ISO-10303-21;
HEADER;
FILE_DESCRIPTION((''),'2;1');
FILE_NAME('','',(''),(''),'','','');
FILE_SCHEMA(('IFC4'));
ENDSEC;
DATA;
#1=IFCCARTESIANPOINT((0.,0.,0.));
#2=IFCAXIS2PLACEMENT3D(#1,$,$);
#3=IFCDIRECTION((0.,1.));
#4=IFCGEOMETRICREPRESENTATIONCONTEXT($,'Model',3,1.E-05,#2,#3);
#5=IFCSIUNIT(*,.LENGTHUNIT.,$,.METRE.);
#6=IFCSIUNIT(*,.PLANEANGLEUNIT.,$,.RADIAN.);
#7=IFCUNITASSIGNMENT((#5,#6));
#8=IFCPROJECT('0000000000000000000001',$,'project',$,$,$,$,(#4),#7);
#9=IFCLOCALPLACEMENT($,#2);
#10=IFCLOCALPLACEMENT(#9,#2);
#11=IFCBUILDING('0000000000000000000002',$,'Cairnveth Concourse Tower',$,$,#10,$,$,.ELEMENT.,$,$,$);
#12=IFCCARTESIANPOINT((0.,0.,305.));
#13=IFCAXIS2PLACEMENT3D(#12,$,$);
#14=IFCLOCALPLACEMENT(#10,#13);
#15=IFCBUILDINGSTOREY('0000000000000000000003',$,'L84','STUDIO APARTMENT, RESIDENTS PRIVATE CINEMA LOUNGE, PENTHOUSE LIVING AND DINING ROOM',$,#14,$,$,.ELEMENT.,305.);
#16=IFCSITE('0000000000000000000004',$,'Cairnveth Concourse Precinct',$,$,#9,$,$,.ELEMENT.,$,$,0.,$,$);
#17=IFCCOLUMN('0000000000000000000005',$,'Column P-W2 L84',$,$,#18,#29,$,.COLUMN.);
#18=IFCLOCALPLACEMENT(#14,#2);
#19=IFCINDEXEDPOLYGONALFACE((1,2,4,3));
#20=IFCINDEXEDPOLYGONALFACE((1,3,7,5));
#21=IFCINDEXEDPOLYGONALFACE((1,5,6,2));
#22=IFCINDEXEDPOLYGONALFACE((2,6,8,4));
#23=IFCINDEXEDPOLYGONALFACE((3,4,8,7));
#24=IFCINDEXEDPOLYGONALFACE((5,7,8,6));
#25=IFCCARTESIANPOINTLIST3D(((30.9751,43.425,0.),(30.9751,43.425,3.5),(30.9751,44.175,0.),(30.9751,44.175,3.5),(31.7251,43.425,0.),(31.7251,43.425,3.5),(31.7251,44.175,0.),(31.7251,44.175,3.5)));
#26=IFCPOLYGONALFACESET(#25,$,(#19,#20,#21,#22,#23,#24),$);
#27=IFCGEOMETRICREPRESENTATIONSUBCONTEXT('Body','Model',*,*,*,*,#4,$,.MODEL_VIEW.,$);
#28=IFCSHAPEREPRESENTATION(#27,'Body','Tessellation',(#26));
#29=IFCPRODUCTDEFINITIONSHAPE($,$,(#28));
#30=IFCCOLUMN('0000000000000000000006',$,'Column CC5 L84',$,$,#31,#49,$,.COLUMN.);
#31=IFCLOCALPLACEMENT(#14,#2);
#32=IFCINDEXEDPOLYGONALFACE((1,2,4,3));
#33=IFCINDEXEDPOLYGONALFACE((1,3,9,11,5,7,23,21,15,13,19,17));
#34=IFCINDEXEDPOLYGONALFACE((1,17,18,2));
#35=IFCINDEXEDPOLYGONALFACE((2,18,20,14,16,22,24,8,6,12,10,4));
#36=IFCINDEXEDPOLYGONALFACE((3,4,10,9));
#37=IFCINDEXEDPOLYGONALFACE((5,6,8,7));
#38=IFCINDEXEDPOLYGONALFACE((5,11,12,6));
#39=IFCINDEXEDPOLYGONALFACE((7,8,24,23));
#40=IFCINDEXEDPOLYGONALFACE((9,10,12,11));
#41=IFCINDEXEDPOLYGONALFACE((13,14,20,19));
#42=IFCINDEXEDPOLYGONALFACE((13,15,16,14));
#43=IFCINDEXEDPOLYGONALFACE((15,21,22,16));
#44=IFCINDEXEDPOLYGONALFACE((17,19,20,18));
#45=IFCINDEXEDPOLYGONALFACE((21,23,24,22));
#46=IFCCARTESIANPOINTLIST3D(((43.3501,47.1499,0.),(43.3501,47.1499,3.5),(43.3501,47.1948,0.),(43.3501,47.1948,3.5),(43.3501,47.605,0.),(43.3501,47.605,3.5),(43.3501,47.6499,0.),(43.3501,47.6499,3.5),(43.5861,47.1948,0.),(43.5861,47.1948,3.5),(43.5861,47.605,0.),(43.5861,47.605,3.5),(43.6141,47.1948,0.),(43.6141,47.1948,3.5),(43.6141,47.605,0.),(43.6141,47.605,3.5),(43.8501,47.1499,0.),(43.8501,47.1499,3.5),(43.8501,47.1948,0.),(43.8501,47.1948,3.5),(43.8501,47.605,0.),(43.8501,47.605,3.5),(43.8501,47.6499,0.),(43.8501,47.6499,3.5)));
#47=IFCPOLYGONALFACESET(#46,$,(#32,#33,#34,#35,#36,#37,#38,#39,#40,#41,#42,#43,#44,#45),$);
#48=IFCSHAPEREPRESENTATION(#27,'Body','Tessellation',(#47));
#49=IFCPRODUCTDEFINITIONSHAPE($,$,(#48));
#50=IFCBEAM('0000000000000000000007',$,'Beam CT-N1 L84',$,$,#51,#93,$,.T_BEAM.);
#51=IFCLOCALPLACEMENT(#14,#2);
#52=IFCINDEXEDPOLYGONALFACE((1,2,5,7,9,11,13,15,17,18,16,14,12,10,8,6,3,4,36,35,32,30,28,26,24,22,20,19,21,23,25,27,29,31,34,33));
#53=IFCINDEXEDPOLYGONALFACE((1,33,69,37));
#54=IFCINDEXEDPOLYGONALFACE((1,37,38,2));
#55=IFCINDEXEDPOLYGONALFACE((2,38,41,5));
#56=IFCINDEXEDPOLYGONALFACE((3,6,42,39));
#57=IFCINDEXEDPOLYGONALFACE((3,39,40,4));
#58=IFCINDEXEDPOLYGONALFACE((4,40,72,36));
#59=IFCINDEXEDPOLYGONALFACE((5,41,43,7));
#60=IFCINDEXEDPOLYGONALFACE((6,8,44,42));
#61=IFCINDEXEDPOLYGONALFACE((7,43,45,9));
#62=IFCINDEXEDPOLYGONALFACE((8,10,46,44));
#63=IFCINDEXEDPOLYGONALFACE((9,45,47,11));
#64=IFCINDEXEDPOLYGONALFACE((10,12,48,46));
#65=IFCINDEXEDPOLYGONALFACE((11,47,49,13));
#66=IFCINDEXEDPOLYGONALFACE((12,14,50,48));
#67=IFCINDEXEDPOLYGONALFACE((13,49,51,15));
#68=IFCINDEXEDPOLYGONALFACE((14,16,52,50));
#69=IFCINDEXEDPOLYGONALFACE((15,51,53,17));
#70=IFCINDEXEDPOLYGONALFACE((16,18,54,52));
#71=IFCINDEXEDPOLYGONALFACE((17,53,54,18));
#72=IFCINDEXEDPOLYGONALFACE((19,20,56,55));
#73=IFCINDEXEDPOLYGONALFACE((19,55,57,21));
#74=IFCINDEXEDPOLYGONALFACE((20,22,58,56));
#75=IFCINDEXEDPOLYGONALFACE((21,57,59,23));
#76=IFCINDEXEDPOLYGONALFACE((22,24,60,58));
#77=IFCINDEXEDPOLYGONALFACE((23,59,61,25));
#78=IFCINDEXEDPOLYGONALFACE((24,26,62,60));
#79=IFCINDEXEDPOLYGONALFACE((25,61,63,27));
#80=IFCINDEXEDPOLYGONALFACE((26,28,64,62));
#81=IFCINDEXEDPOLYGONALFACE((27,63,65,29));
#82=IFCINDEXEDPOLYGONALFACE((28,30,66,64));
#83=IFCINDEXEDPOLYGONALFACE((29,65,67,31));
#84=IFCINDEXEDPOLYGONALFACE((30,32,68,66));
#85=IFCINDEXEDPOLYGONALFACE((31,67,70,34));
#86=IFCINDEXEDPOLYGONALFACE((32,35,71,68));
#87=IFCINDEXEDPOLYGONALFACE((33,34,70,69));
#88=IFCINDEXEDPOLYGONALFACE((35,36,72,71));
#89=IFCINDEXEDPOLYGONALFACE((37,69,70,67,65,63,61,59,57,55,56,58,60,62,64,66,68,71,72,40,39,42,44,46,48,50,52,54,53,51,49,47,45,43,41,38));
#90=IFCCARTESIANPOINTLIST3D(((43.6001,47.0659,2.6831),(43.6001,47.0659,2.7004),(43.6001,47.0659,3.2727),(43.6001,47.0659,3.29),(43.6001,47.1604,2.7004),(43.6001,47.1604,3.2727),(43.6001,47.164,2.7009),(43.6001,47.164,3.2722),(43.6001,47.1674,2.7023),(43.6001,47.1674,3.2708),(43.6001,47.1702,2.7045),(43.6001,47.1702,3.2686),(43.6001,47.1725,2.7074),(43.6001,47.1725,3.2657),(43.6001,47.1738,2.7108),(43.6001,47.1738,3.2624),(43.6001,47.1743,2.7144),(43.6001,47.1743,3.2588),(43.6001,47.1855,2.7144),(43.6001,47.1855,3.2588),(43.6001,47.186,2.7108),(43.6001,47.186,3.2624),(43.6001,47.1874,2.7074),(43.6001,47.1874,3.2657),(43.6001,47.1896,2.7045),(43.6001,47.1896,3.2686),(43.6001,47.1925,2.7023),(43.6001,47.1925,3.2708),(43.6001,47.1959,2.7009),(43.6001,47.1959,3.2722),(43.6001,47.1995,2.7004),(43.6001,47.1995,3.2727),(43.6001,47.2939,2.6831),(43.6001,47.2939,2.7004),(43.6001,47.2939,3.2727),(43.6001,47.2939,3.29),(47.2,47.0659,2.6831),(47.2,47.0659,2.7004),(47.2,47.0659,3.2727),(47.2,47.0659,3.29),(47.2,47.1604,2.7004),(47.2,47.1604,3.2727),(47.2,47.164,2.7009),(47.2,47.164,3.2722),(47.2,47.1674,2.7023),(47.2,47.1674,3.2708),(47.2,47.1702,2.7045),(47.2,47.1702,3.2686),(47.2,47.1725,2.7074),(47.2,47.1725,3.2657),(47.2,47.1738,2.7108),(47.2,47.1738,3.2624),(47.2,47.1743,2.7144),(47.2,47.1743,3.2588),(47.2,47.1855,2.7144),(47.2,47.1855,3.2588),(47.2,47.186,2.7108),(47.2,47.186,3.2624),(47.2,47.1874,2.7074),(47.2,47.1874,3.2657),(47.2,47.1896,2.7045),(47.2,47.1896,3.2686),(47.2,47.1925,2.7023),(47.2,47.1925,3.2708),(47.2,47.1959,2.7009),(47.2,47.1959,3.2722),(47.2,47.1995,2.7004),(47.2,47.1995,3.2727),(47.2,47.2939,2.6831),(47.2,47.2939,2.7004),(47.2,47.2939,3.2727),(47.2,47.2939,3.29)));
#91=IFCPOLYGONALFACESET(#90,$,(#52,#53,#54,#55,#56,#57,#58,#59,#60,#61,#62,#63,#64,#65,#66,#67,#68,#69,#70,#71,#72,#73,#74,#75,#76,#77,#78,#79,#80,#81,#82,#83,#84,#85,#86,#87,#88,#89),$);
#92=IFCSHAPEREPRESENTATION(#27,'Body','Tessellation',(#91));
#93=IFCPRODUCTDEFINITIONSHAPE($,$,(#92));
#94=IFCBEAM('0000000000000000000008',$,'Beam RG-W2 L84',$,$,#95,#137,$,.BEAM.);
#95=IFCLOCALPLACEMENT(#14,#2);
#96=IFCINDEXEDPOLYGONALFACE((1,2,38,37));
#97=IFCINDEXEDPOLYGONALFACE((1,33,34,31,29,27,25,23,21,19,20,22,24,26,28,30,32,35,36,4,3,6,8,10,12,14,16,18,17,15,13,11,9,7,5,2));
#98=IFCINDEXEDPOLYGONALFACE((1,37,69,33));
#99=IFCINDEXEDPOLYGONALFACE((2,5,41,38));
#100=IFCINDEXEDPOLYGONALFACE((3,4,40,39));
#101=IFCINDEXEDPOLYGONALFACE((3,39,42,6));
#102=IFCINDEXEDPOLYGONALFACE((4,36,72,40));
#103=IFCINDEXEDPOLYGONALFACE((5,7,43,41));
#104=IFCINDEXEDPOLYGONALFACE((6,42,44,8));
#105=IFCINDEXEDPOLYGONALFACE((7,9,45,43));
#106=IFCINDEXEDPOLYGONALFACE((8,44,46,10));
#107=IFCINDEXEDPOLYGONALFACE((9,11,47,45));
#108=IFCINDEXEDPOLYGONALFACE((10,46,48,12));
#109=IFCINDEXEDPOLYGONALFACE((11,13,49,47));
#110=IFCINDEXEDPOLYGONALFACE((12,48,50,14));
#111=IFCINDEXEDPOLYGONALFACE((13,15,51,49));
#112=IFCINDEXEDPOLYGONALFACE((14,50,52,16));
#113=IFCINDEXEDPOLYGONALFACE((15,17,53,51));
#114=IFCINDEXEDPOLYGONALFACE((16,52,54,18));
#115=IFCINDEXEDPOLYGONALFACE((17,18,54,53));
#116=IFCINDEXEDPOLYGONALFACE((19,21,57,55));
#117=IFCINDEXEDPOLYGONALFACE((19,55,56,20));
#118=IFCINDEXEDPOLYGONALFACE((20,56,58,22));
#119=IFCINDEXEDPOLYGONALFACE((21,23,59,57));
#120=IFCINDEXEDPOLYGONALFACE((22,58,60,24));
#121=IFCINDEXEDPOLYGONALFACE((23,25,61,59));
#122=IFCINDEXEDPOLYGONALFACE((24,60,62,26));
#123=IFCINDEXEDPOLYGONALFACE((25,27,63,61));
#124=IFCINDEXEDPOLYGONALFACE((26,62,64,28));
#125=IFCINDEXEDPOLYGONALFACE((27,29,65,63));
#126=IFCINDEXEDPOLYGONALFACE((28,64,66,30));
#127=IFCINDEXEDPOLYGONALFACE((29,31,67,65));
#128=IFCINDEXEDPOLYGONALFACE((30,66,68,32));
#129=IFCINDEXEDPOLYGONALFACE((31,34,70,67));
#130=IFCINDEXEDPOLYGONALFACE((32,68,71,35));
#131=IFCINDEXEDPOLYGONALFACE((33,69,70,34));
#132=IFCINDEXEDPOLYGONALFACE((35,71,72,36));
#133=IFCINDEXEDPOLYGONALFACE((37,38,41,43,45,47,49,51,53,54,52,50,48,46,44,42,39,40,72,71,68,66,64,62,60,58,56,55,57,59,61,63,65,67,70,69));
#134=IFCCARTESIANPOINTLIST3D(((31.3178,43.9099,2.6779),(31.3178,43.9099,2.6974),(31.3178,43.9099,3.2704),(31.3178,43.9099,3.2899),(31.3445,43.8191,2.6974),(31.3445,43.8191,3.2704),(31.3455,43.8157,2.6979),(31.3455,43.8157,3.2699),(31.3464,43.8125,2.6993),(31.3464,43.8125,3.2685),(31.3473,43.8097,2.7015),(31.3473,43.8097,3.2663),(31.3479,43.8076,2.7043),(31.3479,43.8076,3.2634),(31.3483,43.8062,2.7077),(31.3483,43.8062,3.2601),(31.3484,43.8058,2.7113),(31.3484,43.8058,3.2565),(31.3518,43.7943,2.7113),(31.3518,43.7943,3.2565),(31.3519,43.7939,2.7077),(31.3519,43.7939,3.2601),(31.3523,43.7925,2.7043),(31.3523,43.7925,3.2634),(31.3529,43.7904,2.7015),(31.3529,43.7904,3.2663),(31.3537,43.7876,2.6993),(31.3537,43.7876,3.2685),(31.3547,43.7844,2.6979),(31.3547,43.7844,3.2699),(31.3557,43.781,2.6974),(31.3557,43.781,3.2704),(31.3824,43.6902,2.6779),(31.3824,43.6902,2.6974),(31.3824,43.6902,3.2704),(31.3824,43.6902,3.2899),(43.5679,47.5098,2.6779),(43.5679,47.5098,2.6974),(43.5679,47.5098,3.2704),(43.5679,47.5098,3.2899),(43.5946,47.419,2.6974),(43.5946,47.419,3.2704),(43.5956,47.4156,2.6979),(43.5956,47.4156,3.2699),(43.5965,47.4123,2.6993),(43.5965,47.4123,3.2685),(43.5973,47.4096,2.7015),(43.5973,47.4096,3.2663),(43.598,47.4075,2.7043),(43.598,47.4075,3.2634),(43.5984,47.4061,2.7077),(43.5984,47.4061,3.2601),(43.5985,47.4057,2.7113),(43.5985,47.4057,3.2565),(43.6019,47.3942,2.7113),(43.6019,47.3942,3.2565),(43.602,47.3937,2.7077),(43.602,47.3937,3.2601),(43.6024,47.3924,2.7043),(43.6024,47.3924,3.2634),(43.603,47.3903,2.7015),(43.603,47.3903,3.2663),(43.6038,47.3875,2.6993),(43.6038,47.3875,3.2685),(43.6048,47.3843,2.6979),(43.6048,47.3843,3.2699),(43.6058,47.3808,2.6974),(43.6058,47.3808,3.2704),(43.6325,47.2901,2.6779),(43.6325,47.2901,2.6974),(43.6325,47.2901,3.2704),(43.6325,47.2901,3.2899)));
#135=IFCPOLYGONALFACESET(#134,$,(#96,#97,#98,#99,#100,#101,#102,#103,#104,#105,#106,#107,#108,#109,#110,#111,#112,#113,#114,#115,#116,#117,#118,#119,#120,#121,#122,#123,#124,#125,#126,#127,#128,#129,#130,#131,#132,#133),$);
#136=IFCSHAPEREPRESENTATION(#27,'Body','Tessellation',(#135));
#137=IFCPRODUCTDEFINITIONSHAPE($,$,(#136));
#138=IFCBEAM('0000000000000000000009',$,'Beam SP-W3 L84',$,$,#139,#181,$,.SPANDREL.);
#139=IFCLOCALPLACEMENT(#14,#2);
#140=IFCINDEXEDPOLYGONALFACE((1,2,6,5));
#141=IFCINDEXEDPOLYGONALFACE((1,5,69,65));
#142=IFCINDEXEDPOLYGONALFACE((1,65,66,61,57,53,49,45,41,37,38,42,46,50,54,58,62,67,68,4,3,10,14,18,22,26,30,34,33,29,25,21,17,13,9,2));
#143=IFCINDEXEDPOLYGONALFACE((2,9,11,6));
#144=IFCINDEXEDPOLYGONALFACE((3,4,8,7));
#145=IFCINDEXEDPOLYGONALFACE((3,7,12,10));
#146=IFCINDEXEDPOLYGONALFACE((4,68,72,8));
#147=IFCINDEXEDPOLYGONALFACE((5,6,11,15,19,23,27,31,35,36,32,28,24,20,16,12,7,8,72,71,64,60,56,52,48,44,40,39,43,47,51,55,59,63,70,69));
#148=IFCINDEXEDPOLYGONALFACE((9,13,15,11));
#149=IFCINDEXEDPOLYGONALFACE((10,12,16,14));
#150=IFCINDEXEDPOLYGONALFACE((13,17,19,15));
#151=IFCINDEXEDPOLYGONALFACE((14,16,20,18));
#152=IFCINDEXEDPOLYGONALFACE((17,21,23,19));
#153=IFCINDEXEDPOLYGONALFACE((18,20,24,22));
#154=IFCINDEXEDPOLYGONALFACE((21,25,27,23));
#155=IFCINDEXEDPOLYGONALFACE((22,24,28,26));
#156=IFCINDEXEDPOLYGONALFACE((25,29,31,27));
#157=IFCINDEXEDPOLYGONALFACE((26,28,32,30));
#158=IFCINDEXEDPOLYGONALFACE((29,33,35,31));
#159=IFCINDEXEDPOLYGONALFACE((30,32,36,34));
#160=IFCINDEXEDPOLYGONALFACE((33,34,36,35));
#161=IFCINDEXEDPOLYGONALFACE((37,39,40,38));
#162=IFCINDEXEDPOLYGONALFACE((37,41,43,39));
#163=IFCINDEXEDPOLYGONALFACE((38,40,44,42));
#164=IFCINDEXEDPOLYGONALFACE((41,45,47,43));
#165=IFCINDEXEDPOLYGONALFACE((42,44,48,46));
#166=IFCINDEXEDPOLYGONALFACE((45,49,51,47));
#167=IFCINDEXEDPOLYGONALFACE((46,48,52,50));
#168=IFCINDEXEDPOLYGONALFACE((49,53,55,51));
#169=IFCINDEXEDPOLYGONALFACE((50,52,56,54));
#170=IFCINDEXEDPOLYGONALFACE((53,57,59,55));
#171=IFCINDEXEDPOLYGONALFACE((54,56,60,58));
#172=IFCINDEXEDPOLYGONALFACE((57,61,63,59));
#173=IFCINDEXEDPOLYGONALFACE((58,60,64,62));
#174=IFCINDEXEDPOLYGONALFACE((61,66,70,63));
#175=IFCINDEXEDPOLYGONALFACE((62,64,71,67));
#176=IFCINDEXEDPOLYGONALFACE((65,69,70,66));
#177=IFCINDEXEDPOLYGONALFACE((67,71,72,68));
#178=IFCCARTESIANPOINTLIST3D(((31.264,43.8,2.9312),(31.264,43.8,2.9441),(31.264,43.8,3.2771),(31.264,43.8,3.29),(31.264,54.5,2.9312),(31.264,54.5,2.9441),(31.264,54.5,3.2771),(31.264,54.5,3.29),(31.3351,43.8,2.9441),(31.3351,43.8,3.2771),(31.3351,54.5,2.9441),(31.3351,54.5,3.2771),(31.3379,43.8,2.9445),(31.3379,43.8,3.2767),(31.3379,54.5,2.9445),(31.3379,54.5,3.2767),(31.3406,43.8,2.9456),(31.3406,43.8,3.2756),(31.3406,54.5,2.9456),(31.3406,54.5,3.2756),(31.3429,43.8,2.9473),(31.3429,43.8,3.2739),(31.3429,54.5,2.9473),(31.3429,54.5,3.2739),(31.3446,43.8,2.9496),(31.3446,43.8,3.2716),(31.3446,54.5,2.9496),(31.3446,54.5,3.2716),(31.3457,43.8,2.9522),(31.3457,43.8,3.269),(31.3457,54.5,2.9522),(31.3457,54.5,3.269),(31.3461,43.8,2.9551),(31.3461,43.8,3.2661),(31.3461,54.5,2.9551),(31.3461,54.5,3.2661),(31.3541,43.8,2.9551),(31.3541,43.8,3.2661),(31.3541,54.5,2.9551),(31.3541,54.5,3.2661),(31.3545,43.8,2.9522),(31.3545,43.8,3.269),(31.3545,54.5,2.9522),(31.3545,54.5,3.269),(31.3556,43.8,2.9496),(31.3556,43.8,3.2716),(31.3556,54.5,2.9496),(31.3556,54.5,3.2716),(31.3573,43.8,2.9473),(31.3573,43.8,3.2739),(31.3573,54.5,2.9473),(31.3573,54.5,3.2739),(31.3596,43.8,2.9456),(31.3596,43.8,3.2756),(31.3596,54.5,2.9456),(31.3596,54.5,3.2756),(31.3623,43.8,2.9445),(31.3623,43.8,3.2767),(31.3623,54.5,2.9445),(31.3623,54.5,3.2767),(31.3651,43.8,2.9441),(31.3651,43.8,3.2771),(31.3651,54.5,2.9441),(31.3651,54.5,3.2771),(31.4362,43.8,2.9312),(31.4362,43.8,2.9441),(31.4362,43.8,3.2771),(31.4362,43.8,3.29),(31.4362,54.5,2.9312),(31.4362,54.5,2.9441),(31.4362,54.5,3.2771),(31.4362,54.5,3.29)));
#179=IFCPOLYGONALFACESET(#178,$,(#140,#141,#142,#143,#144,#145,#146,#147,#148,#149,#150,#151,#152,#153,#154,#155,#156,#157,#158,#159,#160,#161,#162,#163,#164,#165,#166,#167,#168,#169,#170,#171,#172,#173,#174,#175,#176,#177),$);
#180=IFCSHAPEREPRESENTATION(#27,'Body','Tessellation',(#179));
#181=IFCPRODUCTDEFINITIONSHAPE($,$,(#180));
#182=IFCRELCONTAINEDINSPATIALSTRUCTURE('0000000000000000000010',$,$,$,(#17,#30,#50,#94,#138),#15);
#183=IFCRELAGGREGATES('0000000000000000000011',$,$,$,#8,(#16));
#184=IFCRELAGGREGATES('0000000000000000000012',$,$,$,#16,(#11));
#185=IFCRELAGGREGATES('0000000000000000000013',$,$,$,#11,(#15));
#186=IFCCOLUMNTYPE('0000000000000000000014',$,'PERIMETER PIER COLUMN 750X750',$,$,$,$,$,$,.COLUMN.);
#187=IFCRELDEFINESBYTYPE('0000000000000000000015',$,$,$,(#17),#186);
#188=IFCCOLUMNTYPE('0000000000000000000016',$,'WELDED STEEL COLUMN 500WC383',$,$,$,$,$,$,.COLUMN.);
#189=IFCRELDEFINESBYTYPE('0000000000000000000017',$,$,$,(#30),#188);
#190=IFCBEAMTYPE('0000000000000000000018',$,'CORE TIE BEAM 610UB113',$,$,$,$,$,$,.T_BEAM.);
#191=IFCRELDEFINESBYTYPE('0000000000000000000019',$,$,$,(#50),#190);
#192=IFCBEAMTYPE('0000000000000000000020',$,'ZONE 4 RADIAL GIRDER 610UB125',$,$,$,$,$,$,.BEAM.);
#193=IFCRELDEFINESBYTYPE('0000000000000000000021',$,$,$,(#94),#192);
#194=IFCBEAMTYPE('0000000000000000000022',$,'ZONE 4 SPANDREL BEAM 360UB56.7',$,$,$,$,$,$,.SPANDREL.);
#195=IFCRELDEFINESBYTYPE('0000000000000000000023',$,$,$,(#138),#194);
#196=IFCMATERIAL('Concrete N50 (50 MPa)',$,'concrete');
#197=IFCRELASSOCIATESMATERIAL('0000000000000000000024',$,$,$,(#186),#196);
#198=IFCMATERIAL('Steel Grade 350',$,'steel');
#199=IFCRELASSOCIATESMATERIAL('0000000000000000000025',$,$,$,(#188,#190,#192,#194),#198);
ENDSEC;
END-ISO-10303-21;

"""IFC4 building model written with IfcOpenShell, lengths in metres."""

from ifc_helpers import new_model, si_unit, direction, frame, origin, origin_2d, place, context, subcontext, project, spatial, rectangle, i_section, extrude, material, material_profile, profile_set, type_object, element, save


model = new_model("IFC4")

# Units and contexts
model_context = context("Model", 3, precision=1e-05, world=origin(), true_north=direction((0.0, 1.0)))
body_context = subcontext(model_context, "Body", "Model", "MODEL_VIEW")
ifc_project = project(units=[si_unit("LENGTHUNIT", "METRE"), si_unit("PLANEANGLEUNIT", "RADIAN")], contexts=[model_context])

# Site, building, storey
site_placement = place(None, origin())
site = spatial("IfcSite", under=ifc_project, at=site_placement, Name="Cairnveth Concourse Precinct", CompositionType="ELEMENT", RefElevation=0.0)
building_placement = place(site_placement, origin())
building = spatial("IfcBuilding", under=site, at=building_placement, Name="Cairnveth Concourse Tower", CompositionType="ELEMENT")
storey_placement = place(building_placement, frame((0.0, 0.0, 305.0)))
storey = spatial("IfcBuildingStorey", under=building, at=storey_placement, Name="L84", Description="STUDIO APARTMENT, RESIDENTS PRIVATE CINEMA LOUNGE, PENTHOUSE LIVING AND DINING ROOM", CompositionType="ELEMENT", Elevation=305.0)

# Columns
ifc_material_1 = material(Name="Concrete N50 (50 MPa)", Category="concrete")
ifc_material_profile_1 = material_profile(ifc_material_1, rectangle(XDim=0.75, YDim=0.75, at=origin_2d()), Name="RC-COL-750x750")
ifc_profile_set_1 = profile_set([ifc_material_profile_1], Name="Concrete N50 (50 MPa)")
column_type_1 = type_object("IfcColumnType", Name="PERIMETER PIER COLUMN 750X750", PredefinedType="COLUMN", material=ifc_profile_set_1)
column_1_placement = place(storey_placement, frame((31.3501, 43.8, 0.0), z_axis=(0.0, 0.0, 1.0), x_axis=(0.0, 1.0, 0.0)))
element("IfcColumn", 1, at=column_1_placement, inside=storey, type_object=column_type_1, Name="Column P-W2 L84", PredefinedType="COLUMN", context=body_context, shape_type="SweptSolid", body=[
    extrude(rectangle(XDim=0.75, YDim=0.75, at=origin_2d()), origin(), (0.0, 0.0, 1.0), 3.5),
])
ifc_material_2 = material(Name="Steel Grade 350", Category="steel")
ifc_material_profile_2 = material_profile(ifc_material_2, i_section(OverallWidth=0.5, OverallDepth=0.5, WebThickness=0.0281, FlangeThickness=0.0449, at=origin_2d()), Name="500WC383")
ifc_profile_set_2 = profile_set([ifc_material_profile_2], Name="Steel Grade 350")
column_type_2 = type_object("IfcColumnType", Name="WELDED STEEL COLUMN 500WC383", PredefinedType="COLUMN", material=ifc_profile_set_2)
column_2_placement = place(storey_placement, frame((43.6001, 47.3999, 0.0), z_axis=(0.0, 0.0, 1.0), x_axis=(1.0, 0.0, 0.0)))
element("IfcColumn", 2, at=column_2_placement, inside=storey, type_object=column_type_2, Name="Column CC5 L84", PredefinedType="COLUMN", context=body_context, shape_type="SweptSolid", body=[
    extrude(i_section(OverallWidth=0.5, OverallDepth=0.5, WebThickness=0.0281, FlangeThickness=0.0449, at=origin_2d()), origin(), (0.0, 0.0, 1.0), 3.5),
])

# Beams
ifc_material_profile_3 = material_profile(ifc_material_2, i_section(OverallWidth=0.228, OverallDepth=0.6069, WebThickness=0.0112, FlangeThickness=0.0173, FilletRadius=0.0139, at=origin_2d()), Name="610UB113")
ifc_profile_set_3 = profile_set([ifc_material_profile_3], Name="Steel Grade 350")
beam_type_1 = type_object("IfcBeamType", Name="CORE TIE BEAM 610UB113", PredefinedType="T_BEAM", material=ifc_profile_set_3)
beam_1_placement = place(storey_placement, frame((43.6001, 47.1799, 2.9866), z_axis=(1.0, 0.0, 0.0), x_axis=(0.0, 1.0, 0.0)))
element("IfcBeam", 3, at=beam_1_placement, inside=storey, type_object=beam_type_1, Name="Beam CT-N1 L84", PredefinedType="T_BEAM", context=body_context, shape_type="SweptSolid", body=[
    extrude(i_section(OverallWidth=0.228, OverallDepth=0.6069, WebThickness=0.0112, FlangeThickness=0.0173, FilletRadius=0.0139, at=origin_2d()), origin(), (0.0, 0.0, 1.0), 3.5999),
])
ifc_material_profile_4 = material_profile(ifc_material_2, i_section(OverallWidth=0.229, OverallDepth=0.6121, WebThickness=0.012, FlangeThickness=0.0195, FilletRadius=0.0139, at=origin_2d()), Name="610UB125")
ifc_profile_set_4 = profile_set([ifc_material_profile_4], Name="Steel Grade 350")
beam_type_2 = type_object("IfcBeamType", Name="ZONE 4 RADIAL GIRDER 610UB125", PredefinedType="BEAM", material=ifc_profile_set_4)
beam_2_placement = place(storey_placement, frame((31.3501, 43.8, 2.9839), z_axis=(0.959431, 0.281944, 0.0), x_axis=(-0.281944, 0.959431, 0.0)))
element("IfcBeam", 4, at=beam_2_placement, inside=storey, type_object=beam_type_2, Name="Beam RG-W2 L84", PredefinedType="BEAM", context=body_context, shape_type="SweptSolid", body=[
    extrude(i_section(OverallWidth=0.229, OverallDepth=0.6121, WebThickness=0.012, FlangeThickness=0.0195, FilletRadius=0.0139, at=origin_2d()), origin(), (0.0, 0.0, 1.0), 12.7681),
])
ifc_material_profile_5 = material_profile(ifc_material_2, i_section(OverallWidth=0.1721, OverallDepth=0.3589, WebThickness=0.0081, FlangeThickness=0.0129, FilletRadius=0.011, at=origin_2d()), Name="360UB56.7")
ifc_profile_set_5 = profile_set([ifc_material_profile_5], Name="Steel Grade 350")
beam_type_3 = type_object("IfcBeamType", Name="ZONE 4 SPANDREL BEAM 360UB56.7", PredefinedType="SPANDREL", material=ifc_profile_set_5)
beam_3_placement = place(storey_placement, frame((31.3501, 43.8, 3.1106), z_axis=(0.0, 1.0, 0.0), x_axis=(-1.0, 0.0, 0.0)))
element("IfcBeam", 5, at=beam_3_placement, inside=storey, type_object=beam_type_3, Name="Beam SP-W3 L84", PredefinedType="SPANDREL", context=body_context, shape_type="SweptSolid", body=[
    extrude(i_section(OverallWidth=0.1721, OverallDepth=0.3589, WebThickness=0.0081, FlangeThickness=0.0129, FilletRadius=0.011, at=origin_2d()), origin(), (0.0, 0.0, 1.0), 10.7),
])

save(model, "model.ifc")
